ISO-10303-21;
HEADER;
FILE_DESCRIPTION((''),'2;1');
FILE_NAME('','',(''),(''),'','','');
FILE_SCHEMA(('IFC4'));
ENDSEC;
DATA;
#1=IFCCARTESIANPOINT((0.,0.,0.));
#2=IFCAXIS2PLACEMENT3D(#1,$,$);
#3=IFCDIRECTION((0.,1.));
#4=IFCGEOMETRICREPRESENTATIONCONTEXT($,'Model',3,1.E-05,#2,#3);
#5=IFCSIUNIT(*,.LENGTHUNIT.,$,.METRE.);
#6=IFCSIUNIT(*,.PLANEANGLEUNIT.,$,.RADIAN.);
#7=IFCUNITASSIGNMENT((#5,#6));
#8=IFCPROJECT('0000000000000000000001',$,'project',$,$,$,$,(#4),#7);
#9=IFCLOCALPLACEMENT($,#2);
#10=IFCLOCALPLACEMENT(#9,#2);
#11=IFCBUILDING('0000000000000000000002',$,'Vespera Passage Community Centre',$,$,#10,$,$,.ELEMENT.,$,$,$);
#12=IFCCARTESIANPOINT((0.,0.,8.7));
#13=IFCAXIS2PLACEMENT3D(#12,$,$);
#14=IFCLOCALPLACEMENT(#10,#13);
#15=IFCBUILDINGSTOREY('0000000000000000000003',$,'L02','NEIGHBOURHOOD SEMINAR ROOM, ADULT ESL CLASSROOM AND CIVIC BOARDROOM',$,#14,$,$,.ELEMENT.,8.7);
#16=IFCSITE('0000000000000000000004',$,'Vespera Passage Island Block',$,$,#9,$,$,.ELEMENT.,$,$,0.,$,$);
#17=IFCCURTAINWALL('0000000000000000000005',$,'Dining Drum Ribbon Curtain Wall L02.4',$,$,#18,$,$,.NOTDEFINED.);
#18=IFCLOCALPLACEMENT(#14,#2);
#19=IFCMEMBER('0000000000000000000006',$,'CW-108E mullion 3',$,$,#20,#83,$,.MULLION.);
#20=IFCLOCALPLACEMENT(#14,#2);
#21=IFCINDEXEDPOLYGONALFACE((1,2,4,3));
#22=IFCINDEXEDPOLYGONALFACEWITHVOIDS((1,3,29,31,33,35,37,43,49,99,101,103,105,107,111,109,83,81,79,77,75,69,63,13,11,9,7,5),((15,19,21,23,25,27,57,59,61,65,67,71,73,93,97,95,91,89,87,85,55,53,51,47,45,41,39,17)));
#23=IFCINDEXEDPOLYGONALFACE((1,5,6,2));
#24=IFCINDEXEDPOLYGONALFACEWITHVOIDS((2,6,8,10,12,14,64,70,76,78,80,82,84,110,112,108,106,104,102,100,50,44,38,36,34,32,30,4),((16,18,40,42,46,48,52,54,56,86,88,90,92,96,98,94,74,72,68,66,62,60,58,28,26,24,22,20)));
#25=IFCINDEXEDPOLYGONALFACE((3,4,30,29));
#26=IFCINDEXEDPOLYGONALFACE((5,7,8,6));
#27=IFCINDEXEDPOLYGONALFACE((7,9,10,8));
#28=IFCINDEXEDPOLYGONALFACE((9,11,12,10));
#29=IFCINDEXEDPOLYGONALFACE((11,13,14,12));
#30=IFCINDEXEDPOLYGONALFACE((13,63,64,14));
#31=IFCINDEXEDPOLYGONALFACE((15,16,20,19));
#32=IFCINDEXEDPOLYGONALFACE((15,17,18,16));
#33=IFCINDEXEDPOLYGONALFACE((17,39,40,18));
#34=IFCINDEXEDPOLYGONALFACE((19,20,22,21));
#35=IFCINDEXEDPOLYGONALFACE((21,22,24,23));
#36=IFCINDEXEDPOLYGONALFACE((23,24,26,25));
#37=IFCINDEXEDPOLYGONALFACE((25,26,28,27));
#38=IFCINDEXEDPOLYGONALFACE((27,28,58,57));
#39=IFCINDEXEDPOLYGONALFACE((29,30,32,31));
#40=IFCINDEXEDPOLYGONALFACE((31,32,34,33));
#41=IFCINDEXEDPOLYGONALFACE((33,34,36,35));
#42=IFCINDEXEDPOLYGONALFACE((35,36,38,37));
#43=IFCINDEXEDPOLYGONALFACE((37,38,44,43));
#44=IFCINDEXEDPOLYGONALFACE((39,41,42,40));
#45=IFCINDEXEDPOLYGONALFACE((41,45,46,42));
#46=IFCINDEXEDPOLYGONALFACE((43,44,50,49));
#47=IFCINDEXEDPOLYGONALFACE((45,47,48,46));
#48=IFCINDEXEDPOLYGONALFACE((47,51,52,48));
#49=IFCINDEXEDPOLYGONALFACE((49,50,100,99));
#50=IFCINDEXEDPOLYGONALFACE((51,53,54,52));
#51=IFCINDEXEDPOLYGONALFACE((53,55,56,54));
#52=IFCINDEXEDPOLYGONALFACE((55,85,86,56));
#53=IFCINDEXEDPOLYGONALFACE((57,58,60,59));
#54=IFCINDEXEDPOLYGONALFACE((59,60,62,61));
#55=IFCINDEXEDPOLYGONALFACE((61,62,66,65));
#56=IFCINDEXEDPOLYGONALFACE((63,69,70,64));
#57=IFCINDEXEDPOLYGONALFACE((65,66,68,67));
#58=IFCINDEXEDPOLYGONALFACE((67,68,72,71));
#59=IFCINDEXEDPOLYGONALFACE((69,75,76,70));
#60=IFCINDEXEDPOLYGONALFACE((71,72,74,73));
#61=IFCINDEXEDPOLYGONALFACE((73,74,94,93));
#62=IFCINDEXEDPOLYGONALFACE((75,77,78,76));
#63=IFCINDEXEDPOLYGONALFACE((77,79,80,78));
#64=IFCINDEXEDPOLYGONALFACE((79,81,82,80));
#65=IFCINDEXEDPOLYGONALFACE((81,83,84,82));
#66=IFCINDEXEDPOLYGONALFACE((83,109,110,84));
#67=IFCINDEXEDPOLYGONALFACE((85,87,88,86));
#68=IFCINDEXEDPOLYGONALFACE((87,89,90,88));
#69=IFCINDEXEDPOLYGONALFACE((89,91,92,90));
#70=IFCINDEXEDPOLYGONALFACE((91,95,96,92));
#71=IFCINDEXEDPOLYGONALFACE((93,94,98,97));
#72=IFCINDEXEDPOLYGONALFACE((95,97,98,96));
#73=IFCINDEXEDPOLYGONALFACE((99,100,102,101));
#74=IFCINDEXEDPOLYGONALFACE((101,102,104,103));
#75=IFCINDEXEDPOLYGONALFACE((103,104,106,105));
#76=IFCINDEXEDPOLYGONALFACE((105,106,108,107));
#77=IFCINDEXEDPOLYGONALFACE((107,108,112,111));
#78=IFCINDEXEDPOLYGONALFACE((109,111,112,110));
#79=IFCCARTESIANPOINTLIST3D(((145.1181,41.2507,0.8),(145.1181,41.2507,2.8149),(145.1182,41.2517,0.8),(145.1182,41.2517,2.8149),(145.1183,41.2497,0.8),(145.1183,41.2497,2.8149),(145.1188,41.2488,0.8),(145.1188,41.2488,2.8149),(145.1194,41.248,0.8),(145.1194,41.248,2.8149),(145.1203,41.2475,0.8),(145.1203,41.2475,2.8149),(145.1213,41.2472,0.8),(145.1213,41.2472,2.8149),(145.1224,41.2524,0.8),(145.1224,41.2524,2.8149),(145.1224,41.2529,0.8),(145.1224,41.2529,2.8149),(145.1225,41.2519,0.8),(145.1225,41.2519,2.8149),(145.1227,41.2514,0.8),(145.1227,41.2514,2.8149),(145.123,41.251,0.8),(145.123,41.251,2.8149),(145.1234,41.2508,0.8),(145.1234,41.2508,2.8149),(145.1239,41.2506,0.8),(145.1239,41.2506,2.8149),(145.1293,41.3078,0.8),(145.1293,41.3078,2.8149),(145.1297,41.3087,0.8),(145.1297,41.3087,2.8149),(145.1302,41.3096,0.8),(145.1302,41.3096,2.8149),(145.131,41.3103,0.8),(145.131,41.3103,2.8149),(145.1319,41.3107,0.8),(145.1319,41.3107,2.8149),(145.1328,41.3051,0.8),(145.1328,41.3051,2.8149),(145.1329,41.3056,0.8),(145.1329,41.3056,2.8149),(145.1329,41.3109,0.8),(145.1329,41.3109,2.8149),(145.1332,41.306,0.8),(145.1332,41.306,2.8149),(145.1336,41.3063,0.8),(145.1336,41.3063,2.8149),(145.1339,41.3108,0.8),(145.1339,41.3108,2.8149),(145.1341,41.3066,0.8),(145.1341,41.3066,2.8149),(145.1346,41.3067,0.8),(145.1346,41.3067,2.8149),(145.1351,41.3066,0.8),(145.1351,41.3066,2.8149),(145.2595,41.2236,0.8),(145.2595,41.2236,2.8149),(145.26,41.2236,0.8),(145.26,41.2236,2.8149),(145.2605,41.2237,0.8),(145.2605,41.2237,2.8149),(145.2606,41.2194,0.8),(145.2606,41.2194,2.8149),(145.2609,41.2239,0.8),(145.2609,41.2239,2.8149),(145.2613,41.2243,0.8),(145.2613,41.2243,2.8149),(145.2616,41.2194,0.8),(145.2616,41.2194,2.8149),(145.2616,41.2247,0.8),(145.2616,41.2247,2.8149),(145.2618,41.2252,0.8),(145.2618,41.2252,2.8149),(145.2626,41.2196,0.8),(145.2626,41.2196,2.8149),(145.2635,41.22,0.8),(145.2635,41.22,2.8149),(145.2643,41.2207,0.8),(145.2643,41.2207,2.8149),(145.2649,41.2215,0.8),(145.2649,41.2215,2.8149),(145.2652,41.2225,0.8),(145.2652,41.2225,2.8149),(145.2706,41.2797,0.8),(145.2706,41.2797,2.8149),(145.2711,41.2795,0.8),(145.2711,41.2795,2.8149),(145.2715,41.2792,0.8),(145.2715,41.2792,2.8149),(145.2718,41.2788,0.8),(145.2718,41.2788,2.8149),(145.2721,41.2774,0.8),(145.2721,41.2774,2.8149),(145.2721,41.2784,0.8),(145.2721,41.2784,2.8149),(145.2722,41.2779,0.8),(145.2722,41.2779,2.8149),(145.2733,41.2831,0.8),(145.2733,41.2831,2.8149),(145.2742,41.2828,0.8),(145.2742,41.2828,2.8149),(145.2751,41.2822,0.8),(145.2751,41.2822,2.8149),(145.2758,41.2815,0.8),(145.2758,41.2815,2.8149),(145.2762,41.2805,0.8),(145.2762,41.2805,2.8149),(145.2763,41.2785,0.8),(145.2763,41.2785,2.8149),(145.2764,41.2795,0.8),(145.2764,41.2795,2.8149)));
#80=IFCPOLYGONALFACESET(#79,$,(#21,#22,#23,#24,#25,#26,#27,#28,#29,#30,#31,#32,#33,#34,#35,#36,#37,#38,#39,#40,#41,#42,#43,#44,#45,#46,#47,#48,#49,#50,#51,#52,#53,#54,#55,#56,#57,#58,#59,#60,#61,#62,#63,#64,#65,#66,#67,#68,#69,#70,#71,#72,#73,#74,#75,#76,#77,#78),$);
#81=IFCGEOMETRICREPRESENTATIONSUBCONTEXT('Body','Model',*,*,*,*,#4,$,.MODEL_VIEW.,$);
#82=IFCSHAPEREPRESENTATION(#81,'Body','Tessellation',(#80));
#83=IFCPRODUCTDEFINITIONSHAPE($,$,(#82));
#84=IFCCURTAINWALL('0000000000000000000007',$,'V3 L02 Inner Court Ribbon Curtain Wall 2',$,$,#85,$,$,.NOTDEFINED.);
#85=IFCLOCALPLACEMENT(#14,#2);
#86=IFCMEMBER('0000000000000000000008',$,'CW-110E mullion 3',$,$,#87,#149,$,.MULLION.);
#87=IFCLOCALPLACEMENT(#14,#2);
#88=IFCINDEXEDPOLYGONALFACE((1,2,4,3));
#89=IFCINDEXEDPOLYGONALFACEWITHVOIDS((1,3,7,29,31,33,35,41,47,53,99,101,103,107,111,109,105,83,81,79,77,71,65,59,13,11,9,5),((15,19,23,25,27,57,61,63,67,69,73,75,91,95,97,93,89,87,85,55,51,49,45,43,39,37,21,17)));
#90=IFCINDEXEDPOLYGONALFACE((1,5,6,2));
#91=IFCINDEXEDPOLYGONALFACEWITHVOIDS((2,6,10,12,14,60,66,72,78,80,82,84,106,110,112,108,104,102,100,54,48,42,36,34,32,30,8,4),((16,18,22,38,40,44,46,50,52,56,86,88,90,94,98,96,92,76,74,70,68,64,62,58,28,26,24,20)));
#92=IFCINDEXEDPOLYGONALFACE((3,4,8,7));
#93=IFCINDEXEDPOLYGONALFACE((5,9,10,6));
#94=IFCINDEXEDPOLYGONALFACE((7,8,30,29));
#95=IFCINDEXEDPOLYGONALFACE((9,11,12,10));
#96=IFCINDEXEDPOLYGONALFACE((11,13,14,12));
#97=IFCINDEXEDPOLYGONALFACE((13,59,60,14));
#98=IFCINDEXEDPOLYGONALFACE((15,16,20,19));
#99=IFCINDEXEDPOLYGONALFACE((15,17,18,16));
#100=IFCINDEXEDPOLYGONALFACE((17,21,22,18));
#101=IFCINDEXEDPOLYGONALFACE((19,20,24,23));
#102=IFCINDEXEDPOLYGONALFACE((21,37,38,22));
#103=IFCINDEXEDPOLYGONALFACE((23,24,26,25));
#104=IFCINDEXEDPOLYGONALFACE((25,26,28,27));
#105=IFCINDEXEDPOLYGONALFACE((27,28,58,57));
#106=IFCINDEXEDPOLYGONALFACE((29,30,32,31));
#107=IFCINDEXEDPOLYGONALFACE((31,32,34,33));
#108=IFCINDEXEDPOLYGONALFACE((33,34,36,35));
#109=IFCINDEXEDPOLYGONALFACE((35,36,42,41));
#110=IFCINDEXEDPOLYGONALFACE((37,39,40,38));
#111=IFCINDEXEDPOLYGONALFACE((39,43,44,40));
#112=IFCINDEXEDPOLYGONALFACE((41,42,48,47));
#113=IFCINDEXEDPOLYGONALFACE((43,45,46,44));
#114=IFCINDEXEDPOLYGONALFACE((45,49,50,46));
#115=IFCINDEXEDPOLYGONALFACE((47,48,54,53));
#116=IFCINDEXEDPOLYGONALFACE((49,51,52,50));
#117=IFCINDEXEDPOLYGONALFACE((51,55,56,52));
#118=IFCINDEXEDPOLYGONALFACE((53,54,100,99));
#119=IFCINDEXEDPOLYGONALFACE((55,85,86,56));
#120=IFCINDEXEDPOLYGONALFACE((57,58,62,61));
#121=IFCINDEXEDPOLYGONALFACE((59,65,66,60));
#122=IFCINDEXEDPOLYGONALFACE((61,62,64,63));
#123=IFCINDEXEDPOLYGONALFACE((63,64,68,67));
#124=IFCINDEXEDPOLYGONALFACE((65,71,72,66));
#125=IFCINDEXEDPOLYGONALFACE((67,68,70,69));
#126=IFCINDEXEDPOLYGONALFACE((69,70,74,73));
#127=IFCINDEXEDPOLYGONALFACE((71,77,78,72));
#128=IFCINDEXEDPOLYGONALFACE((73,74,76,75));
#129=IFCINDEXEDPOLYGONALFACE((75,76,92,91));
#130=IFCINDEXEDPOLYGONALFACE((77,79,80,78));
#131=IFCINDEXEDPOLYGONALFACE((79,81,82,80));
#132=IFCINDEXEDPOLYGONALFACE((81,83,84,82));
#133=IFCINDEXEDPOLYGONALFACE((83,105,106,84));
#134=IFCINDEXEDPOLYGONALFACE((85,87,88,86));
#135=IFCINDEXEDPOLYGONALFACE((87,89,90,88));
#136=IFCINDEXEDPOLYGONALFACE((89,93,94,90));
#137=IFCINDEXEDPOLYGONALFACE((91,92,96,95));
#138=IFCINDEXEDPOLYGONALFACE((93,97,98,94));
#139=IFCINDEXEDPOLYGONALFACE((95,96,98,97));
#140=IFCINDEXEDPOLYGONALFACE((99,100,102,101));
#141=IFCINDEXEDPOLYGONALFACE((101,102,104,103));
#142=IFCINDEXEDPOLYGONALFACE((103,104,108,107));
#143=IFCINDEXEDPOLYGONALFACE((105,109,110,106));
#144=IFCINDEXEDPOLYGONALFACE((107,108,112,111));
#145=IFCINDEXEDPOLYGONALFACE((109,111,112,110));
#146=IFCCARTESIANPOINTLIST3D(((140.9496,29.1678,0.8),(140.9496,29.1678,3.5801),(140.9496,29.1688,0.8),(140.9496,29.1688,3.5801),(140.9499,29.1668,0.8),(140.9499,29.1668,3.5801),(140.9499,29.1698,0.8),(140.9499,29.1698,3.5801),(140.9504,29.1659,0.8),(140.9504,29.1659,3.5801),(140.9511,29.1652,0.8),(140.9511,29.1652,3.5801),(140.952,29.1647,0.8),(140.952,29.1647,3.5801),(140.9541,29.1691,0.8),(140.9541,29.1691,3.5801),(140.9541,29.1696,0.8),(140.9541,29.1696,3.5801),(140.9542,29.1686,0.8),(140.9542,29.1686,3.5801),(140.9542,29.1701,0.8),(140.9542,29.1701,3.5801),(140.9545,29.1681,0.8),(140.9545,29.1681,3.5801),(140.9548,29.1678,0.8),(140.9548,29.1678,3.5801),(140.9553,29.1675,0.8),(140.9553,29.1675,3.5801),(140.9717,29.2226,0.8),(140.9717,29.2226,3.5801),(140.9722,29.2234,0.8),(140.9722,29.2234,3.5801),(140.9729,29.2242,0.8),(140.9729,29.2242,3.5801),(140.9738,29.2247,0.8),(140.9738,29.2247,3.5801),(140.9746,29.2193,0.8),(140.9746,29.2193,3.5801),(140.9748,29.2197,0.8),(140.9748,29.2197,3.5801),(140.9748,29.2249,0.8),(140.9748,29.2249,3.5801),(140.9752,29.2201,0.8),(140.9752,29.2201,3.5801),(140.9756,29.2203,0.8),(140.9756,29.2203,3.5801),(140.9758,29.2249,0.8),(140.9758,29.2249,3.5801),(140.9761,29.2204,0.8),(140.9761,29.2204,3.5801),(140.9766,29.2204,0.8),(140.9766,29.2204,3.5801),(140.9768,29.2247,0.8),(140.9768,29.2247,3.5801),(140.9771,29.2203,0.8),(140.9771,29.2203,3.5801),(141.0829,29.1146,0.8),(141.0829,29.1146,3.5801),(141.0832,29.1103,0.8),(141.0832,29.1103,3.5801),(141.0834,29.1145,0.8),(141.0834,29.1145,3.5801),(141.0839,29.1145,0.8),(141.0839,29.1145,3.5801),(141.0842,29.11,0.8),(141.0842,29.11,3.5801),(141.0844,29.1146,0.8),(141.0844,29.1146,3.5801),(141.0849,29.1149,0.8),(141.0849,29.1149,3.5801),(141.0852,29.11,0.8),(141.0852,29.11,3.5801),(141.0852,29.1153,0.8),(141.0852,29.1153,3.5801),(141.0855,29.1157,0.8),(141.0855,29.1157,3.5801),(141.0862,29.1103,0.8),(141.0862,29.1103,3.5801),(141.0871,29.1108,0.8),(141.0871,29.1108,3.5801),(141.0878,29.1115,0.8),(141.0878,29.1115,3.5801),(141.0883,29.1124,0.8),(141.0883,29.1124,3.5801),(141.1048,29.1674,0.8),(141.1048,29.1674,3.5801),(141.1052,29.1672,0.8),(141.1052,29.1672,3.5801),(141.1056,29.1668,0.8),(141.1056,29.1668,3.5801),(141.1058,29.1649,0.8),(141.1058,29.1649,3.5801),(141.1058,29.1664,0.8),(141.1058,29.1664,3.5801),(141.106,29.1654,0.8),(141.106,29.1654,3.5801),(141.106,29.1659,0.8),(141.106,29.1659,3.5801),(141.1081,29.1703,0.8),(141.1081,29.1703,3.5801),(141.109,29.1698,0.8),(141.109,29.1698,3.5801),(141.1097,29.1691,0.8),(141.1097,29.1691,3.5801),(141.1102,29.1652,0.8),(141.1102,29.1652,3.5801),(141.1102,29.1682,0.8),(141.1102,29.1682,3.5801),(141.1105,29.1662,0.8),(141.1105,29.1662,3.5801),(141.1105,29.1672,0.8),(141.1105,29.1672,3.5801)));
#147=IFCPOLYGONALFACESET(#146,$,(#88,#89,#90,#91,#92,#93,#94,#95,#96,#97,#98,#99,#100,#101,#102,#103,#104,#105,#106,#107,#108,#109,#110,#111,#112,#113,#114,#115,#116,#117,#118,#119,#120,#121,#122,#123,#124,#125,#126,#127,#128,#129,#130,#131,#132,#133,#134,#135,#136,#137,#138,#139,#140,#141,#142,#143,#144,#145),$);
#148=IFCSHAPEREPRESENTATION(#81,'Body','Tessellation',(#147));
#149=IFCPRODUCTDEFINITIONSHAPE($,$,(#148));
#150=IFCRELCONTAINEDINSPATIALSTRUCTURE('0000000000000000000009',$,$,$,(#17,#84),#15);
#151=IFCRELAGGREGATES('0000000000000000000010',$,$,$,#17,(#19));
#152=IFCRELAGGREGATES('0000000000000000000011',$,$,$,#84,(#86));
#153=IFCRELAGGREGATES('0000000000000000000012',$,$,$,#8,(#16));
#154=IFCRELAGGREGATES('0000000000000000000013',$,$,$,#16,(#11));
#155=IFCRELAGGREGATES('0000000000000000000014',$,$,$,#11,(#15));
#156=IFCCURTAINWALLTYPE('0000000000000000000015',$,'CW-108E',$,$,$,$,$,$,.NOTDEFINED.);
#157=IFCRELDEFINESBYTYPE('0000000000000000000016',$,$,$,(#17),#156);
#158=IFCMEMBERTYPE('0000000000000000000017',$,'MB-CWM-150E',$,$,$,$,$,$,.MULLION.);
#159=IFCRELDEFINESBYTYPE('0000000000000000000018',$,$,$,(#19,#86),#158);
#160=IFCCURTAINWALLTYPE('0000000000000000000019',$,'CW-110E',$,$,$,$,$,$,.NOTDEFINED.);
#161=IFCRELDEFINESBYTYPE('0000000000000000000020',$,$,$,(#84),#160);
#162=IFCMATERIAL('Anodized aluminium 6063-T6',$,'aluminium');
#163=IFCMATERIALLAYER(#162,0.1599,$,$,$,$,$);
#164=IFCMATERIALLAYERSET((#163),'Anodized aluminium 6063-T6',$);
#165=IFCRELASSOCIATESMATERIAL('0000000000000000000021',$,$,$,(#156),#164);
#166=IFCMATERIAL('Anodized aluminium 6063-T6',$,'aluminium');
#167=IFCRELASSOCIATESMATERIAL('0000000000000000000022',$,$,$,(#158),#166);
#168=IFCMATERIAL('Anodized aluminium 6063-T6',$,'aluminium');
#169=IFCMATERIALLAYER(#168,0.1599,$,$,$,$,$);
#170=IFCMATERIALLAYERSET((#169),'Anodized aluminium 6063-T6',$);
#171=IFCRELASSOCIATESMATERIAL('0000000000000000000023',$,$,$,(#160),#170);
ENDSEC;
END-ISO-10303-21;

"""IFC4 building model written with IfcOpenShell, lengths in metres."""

from ifc_helpers import new_model, si_unit, direction, frame, origin, origin_2d, place, context, subcontext, project, spatial, hollow_rectangle, extrude, material, layer, layer_set, material_profile, profile_set, type_object, element, aggregate, save


model = new_model("IFC4")

# Units and contexts
model_context = context("Model", 3, precision=1e-05, world=origin(), true_north=direction((0.0, 1.0)))
body_context = subcontext(model_context, "Body", "Model", "MODEL_VIEW")
ifc_project = project(units=[si_unit("LENGTHUNIT", "METRE"), si_unit("PLANEANGLEUNIT", "RADIAN")], contexts=[model_context])

# Site, building, storey
site_placement = place(None, origin())
site = spatial("IfcSite", under=ifc_project, at=site_placement, Name="Vespera Passage Island Block", CompositionType="ELEMENT", RefElevation=0.0)
building_placement = place(site_placement, origin())
building = spatial("IfcBuilding", under=site, at=building_placement, Name="Vespera Passage Community Centre", CompositionType="ELEMENT")
storey_placement = place(building_placement, frame((0.0, 0.0, 8.7)))
storey = spatial("IfcBuildingStorey", under=building, at=storey_placement, Name="L02", Description="NEIGHBOURHOOD SEMINAR ROOM, ADULT ESL CLASSROOM AND CIVIC BOARDROOM", CompositionType="ELEMENT", Elevation=8.7)

# Curtain wall, member
ifc_material_1 = material(Name="Anodized aluminium 6063-T6", Category="aluminium")
ifc_layer_1 = layer(ifc_material_1, 0.1599)
ifc_layer_set_1 = layer_set([ifc_layer_1], Name="Anodized aluminium 6063-T6")
curtain_wall_type_1 = type_object("IfcCurtainWallType", Name="CW-108E", PredefinedType="NOTDEFINED", material=ifc_layer_set_1)
curtain_wall_1_placement = place(storey_placement, origin())
curtain_wall_1 = element("IfcCurtainWall", 1, at=curtain_wall_1_placement, inside=storey, type_object=curtain_wall_type_1, Name="Dining Drum Ribbon Curtain Wall L02.4", PredefinedType="NOTDEFINED")
ifc_material_2 = material(Name="Anodized aluminium 6063-T6", Category="aluminium")
ifc_material_profile_1 = material_profile(ifc_material_2, hollow_rectangle(XDim=0.0649, YDim=0.1499, WallThickness=0.0039, InnerFilletRadius=0.002, OuterFilletRadius=0.0039, at=origin_2d()), Name="ALU150X65X4")
ifc_profile_set_1 = profile_set([ifc_material_profile_1], Name="Anodized aluminium 6063-T6")
member_type_1 = type_object("IfcMemberType", Name="MB-CWM-150E", PredefinedType="MULLION", material=ifc_profile_set_1)
member_1_placement = place(storey_placement, frame((145.1973, 41.2651, 0.8), z_axis=(0.0, 0.0, 1.0), x_axis=(0.195097, 0.980784, 0.0)))
member_1 = element("IfcMember", 2, at=member_1_placement, type_object=member_type_1, Name="CW-108E mullion 3", PredefinedType="MULLION", context=body_context, shape_type="SweptSolid", body=[
    extrude(hollow_rectangle(XDim=0.0649, YDim=0.1499, WallThickness=0.0039, InnerFilletRadius=0.002, OuterFilletRadius=0.0039, at=origin_2d()), origin(), (0.0, 0.0, 1.0), 2.0149),
])

# Curtain wall, member
ifc_material_3 = material(Name="Anodized aluminium 6063-T6", Category="aluminium")
ifc_layer_2 = layer(ifc_material_3, 0.1599)
ifc_layer_set_2 = layer_set([ifc_layer_2], Name="Anodized aluminium 6063-T6")
curtain_wall_type_2 = type_object("IfcCurtainWallType", Name="CW-110E", PredefinedType="NOTDEFINED", material=ifc_layer_set_2)
curtain_wall_2_placement = place(storey_placement, origin())
curtain_wall_2 = element("IfcCurtainWall", 3, at=curtain_wall_2_placement, inside=storey, type_object=curtain_wall_type_2, Name="V3 L02 Inner Court Ribbon Curtain Wall 2", PredefinedType="NOTDEFINED")
member_2_placement = place(storey_placement, frame((141.03, 29.1675, 0.8), z_axis=(0.0, 0.0, 1.0), x_axis=(-0.382686, -0.923879, 0.0)))
member_2 = element("IfcMember", 4, at=member_2_placement, type_object=member_type_1, Name="CW-110E mullion 3", PredefinedType="MULLION", context=body_context, shape_type="SweptSolid", body=[
    extrude(hollow_rectangle(XDim=0.0649, YDim=0.1499, WallThickness=0.0039, InnerFilletRadius=0.002, OuterFilletRadius=0.0039, at=origin_2d()), origin(), (0.0, 0.0, 1.0), 2.78),
])

aggregate(curtain_wall_1, [member_1])
aggregate(curtain_wall_2, [member_2])

save(model, "model.ifc")
